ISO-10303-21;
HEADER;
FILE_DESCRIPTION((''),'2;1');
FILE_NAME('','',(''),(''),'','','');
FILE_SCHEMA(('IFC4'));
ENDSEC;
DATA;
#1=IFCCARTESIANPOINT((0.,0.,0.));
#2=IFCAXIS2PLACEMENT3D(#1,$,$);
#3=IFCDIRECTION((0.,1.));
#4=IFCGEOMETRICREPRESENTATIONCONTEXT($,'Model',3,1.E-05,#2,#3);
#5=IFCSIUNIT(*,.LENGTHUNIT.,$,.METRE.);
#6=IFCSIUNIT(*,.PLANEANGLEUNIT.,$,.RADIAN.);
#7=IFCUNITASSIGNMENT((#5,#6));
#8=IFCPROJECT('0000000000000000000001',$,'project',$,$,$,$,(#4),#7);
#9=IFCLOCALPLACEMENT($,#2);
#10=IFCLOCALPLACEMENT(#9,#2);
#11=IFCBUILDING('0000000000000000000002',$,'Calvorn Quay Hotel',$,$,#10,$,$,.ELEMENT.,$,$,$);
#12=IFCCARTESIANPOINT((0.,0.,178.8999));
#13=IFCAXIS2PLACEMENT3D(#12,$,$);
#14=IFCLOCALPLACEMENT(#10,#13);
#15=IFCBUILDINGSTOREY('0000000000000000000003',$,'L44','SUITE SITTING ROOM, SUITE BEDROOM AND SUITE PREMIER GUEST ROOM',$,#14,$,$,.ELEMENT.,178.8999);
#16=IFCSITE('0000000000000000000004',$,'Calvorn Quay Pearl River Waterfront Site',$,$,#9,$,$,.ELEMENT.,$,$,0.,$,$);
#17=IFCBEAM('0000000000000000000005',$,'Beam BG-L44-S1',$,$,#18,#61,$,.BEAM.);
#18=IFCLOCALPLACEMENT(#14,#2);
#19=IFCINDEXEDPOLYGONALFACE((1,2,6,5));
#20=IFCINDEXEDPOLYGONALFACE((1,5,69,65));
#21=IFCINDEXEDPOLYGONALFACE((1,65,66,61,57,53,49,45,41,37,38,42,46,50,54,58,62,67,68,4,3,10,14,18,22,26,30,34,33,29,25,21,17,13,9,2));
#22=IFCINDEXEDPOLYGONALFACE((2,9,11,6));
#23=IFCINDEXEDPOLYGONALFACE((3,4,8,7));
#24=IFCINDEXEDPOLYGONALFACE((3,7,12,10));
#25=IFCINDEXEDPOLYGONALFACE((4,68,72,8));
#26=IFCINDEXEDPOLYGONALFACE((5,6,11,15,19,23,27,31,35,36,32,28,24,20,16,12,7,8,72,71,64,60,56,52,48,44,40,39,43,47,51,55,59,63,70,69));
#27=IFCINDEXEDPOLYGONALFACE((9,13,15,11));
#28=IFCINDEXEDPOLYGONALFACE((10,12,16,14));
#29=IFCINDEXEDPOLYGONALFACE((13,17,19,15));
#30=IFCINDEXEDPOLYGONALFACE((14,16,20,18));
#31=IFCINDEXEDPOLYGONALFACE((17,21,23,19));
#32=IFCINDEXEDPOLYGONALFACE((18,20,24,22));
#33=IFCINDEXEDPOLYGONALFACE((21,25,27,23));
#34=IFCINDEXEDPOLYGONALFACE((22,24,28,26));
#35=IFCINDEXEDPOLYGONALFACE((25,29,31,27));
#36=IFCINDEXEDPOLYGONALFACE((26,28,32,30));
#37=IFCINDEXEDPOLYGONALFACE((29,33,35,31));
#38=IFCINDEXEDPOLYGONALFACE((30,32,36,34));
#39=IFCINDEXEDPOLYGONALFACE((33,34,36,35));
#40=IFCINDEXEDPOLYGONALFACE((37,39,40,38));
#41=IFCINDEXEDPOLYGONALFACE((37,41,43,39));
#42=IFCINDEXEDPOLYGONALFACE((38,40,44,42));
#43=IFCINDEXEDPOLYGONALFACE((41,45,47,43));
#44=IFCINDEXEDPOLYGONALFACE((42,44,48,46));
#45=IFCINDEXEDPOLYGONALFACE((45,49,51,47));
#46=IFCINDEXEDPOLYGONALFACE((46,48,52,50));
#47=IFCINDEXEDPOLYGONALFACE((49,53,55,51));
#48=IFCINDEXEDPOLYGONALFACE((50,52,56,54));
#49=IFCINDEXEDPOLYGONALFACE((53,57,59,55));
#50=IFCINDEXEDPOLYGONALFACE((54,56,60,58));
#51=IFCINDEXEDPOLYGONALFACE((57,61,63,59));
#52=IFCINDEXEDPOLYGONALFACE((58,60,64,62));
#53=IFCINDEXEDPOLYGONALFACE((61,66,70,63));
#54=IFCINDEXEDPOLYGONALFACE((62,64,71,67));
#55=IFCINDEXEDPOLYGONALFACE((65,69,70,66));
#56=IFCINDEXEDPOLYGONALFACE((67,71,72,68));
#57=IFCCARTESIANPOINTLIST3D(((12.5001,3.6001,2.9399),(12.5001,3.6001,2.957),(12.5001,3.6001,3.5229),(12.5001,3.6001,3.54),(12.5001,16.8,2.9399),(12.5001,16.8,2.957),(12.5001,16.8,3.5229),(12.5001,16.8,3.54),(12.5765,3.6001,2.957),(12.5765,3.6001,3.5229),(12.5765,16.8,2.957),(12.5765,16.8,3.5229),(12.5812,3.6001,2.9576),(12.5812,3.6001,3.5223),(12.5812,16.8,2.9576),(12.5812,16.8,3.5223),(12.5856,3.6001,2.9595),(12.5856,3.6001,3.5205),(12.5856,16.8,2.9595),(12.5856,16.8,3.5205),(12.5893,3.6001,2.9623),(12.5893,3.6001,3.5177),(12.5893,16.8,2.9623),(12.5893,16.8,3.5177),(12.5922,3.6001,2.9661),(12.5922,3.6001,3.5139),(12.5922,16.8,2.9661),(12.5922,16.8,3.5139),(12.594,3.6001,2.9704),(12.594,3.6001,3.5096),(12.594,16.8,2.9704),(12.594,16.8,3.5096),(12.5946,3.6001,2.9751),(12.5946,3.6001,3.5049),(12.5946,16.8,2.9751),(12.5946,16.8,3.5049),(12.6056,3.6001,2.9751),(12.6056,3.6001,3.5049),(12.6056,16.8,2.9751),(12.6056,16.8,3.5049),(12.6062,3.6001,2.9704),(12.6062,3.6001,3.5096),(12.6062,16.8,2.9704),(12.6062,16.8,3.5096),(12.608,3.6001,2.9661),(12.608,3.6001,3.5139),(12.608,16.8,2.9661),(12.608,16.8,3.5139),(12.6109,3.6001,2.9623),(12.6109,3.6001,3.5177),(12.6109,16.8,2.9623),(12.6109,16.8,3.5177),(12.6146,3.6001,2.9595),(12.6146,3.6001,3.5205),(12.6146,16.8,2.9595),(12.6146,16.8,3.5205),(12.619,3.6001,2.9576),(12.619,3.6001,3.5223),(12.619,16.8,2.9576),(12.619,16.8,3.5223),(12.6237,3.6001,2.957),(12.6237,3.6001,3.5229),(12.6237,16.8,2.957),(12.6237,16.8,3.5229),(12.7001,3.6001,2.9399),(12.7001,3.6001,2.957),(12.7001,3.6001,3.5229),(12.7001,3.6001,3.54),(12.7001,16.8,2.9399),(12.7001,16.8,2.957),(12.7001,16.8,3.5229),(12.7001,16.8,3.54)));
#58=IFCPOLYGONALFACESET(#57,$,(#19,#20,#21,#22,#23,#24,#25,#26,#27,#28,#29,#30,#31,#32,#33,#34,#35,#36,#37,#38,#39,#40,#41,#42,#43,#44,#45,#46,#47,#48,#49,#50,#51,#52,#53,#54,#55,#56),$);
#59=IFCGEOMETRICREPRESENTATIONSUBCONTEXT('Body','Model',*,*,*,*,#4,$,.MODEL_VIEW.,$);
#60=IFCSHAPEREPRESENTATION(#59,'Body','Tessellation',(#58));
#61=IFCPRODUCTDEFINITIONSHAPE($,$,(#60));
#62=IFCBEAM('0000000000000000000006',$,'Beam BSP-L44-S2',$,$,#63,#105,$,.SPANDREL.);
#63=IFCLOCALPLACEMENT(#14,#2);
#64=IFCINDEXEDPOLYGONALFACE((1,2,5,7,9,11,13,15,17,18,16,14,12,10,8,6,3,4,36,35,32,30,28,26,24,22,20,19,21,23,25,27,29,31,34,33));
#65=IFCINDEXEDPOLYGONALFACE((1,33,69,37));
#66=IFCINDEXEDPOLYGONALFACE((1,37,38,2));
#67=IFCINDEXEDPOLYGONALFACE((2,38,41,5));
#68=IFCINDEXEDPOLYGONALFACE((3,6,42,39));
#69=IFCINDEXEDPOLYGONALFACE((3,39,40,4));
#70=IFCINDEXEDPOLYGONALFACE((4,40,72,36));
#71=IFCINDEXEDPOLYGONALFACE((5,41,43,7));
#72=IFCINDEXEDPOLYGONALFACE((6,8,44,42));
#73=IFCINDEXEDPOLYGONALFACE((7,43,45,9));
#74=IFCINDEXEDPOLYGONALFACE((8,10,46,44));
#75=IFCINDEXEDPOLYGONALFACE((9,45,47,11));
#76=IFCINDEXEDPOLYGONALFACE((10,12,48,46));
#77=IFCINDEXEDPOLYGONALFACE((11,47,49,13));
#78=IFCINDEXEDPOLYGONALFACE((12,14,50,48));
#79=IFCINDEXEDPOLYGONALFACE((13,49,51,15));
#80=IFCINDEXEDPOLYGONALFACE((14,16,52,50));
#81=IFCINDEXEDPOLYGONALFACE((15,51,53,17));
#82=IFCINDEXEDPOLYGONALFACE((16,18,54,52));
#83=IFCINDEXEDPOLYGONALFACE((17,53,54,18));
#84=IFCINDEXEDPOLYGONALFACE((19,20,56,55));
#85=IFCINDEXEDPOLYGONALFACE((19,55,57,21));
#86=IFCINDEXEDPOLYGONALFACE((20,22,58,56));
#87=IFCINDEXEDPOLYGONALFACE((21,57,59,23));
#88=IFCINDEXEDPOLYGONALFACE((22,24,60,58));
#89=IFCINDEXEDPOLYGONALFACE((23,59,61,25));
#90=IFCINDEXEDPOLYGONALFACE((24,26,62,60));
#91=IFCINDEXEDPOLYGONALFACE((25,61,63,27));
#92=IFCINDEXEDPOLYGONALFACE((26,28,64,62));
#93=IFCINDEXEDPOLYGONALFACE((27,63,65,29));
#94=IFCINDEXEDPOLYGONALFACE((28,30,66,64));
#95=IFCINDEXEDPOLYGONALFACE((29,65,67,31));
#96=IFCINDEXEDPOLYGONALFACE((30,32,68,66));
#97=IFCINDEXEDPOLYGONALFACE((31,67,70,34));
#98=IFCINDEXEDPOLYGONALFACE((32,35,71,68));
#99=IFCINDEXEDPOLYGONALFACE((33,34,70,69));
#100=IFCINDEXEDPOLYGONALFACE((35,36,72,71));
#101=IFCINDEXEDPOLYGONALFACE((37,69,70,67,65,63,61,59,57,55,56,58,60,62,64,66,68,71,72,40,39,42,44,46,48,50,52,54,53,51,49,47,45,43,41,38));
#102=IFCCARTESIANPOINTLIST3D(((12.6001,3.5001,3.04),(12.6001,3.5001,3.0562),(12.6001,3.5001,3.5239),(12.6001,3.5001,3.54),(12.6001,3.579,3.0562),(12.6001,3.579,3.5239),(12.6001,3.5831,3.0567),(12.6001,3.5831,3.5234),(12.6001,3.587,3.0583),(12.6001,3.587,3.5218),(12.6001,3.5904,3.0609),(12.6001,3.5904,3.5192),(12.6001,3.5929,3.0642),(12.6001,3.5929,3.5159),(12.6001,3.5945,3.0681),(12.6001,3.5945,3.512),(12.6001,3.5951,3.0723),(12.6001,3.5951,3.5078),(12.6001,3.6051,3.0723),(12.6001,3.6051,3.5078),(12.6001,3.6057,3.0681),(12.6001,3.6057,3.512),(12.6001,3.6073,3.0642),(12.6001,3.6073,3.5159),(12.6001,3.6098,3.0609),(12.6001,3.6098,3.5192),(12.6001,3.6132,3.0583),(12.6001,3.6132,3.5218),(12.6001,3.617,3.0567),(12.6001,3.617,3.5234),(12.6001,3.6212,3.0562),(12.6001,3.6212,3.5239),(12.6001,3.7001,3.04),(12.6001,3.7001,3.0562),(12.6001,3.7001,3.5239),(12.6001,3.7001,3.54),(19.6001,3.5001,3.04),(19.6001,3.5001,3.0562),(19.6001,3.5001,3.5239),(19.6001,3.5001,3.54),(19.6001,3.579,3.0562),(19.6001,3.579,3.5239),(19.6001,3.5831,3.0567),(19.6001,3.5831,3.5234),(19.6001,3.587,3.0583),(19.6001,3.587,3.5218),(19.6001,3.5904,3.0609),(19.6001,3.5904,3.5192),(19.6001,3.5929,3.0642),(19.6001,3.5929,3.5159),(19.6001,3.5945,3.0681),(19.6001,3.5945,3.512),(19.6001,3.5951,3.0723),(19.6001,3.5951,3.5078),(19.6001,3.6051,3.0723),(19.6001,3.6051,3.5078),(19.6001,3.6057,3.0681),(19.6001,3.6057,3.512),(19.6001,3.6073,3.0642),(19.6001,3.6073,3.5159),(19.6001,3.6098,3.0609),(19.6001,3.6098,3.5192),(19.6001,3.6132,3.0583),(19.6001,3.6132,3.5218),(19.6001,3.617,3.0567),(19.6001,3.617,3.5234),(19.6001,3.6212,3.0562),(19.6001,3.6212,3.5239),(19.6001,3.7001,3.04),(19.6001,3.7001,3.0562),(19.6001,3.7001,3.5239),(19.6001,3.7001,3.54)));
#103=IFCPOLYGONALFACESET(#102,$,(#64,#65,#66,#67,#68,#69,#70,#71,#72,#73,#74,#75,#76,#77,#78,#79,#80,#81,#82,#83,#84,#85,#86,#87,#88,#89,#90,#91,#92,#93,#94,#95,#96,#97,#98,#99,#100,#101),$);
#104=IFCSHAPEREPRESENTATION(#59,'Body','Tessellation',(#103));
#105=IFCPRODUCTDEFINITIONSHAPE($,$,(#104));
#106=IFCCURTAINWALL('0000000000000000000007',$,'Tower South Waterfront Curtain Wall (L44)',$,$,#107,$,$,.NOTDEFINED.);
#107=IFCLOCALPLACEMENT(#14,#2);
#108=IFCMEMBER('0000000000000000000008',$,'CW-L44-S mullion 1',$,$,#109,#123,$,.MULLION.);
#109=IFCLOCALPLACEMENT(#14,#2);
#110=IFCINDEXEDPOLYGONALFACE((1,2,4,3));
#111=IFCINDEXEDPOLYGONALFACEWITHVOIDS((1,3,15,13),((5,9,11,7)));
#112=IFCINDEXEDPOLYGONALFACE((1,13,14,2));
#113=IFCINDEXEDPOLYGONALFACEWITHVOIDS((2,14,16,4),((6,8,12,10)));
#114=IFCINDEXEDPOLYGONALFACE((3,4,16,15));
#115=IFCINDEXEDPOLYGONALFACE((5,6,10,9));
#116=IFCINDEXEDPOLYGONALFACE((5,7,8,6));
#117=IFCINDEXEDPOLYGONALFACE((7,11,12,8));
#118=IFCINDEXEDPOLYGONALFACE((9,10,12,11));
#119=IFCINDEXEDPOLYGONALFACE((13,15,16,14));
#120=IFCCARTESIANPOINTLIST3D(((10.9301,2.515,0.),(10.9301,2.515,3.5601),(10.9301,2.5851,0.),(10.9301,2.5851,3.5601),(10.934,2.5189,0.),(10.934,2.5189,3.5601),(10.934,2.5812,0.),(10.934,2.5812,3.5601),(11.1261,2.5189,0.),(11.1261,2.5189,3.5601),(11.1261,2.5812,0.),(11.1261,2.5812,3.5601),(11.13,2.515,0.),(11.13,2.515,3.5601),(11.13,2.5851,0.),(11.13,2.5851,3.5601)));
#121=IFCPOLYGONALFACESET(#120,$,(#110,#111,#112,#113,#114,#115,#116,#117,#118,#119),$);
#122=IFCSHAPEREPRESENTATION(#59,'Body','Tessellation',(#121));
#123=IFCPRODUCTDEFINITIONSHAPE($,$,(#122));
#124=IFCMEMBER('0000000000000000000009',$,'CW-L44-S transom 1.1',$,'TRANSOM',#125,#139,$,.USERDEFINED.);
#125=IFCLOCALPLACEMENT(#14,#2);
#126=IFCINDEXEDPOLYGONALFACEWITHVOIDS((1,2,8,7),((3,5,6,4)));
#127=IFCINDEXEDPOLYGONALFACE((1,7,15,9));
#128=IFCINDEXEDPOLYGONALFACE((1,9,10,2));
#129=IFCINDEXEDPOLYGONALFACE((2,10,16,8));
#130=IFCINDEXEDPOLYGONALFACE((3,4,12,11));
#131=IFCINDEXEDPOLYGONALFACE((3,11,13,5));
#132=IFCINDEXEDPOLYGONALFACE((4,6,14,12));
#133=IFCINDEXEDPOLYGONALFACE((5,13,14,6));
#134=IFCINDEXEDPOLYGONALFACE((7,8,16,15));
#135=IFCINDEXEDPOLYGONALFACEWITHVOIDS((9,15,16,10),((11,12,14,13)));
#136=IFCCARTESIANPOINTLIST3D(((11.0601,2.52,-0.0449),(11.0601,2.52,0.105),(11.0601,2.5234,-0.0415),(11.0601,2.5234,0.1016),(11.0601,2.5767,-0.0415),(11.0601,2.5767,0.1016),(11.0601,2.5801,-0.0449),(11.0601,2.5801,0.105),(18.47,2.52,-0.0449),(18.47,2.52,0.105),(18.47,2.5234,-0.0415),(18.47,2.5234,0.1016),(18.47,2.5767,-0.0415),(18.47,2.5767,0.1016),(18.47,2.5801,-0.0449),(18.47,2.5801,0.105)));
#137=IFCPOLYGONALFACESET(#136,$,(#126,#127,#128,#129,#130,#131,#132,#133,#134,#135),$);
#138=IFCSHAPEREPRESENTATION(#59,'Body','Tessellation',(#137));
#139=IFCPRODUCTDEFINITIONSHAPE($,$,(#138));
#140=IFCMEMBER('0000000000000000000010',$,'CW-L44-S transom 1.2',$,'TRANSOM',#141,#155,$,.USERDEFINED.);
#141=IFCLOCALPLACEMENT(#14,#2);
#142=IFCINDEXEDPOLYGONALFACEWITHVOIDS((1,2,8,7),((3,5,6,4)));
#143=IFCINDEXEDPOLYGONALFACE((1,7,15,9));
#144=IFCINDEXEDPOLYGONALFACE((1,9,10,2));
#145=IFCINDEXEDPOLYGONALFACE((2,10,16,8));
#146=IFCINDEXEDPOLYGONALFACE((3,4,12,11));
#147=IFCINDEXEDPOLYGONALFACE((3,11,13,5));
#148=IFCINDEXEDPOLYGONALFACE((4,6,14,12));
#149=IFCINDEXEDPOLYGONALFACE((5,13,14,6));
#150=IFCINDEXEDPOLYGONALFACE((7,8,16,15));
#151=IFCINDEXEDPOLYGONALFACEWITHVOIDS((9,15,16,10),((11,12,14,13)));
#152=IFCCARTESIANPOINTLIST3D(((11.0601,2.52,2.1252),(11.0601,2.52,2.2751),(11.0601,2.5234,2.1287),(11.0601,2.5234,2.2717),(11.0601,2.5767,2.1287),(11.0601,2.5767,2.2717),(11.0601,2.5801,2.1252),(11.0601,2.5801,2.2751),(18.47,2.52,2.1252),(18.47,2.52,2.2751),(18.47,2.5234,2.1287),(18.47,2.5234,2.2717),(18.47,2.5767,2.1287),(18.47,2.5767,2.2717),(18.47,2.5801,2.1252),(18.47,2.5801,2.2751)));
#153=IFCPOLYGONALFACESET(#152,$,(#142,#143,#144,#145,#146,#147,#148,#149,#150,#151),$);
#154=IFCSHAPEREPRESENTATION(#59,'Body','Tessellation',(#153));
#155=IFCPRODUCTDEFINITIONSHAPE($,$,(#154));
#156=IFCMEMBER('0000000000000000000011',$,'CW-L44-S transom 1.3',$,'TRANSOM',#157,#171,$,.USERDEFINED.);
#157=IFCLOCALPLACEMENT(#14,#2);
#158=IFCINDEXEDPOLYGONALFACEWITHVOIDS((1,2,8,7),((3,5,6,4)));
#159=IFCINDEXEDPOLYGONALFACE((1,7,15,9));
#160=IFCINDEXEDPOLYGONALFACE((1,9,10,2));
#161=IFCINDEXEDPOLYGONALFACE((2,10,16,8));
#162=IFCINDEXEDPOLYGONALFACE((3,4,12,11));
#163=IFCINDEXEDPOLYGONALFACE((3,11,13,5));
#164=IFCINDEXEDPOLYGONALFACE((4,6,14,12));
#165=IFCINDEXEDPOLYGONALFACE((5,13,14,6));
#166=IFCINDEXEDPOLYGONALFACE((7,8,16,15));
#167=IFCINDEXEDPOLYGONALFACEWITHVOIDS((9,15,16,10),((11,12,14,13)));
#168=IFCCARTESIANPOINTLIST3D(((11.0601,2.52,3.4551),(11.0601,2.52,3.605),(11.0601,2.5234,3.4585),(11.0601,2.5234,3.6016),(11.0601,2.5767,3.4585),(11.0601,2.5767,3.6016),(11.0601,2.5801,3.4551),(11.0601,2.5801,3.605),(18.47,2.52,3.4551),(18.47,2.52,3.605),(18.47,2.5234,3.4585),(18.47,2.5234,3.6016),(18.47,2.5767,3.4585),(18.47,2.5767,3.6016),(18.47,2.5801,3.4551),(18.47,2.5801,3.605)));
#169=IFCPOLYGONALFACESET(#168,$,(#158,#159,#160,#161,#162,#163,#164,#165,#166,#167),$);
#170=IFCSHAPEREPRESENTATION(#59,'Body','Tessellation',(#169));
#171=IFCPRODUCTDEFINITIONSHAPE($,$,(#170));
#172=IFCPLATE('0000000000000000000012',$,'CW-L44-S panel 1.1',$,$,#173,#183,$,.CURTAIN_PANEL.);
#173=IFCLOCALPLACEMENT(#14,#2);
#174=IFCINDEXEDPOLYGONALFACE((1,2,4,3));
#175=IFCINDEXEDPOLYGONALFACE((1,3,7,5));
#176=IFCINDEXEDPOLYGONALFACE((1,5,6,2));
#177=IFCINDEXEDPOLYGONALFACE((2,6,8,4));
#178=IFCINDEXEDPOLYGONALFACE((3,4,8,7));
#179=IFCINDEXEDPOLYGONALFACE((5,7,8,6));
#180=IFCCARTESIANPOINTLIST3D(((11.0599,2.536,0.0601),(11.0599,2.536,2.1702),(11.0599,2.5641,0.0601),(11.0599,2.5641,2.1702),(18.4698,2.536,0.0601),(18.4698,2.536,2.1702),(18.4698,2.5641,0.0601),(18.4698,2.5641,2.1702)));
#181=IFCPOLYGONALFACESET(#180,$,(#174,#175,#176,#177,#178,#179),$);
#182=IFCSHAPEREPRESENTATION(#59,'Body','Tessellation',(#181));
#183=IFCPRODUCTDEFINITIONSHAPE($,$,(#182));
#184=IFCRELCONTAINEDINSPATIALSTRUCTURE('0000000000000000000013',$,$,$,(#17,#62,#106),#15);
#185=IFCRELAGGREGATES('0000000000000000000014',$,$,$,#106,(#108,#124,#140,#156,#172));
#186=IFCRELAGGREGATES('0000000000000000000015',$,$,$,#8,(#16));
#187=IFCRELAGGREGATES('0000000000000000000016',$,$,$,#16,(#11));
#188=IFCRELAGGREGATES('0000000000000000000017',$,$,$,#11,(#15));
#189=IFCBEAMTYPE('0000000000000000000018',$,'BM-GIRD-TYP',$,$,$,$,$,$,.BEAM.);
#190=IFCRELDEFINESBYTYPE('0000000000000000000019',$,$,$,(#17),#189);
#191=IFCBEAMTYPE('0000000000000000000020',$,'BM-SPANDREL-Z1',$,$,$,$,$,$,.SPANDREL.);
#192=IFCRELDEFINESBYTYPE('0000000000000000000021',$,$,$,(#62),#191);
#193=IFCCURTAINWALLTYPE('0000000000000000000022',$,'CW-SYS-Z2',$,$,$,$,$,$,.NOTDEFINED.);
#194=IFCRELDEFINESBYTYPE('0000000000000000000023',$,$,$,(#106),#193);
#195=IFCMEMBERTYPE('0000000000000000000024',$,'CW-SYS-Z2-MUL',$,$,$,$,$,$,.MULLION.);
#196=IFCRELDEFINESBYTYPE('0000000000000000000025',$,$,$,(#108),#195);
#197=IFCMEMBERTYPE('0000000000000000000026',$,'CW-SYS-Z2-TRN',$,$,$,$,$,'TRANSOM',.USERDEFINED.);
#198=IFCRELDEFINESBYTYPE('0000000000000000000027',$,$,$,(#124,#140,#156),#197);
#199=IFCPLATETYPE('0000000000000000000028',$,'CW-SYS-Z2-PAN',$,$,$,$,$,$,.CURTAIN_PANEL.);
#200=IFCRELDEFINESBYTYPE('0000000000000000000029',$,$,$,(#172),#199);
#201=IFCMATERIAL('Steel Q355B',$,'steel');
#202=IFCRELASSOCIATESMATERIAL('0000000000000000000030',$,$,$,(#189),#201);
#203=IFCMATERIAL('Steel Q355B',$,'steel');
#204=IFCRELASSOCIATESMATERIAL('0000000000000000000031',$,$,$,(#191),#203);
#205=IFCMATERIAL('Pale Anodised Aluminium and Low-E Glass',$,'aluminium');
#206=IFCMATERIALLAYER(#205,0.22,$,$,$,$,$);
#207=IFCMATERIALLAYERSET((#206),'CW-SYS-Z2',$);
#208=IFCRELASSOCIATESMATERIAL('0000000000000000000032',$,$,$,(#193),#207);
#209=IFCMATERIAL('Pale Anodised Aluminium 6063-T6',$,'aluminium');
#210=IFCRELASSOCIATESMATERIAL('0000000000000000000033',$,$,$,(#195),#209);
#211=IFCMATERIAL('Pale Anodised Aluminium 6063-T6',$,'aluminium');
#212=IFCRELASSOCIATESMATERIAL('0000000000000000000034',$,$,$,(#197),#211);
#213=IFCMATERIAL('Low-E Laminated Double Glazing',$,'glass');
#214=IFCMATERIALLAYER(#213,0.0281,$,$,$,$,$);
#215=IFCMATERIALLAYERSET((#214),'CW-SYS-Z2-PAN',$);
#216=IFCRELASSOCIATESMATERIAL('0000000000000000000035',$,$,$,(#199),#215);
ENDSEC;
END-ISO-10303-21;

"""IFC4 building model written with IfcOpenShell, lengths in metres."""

from ifc_helpers import new_model, si_unit, direction, frame, origin, origin_2d, place, context, subcontext, project, spatial, rectangle, hollow_rectangle, i_section, extrude, material, layer, layer_set, material_profile, profile_set, type_object, element, aggregate, save


model = new_model("IFC4")

# Units and contexts
model_context = context("Model", 3, precision=1e-05, world=origin(), true_north=direction((0.0, 1.0)))
body_context = subcontext(model_context, "Body", "Model", "MODEL_VIEW")
ifc_project = project(units=[si_unit("LENGTHUNIT", "METRE"), si_unit("PLANEANGLEUNIT", "RADIAN")], contexts=[model_context])

# Site, building, storey
site_placement = place(None, origin())
site = spatial("IfcSite", under=ifc_project, at=site_placement, Name="Calvorn Quay Pearl River Waterfront Site", CompositionType="ELEMENT", RefElevation=0.0)
building_placement = place(site_placement, origin())
building = spatial("IfcBuilding", under=site, at=building_placement, Name="Calvorn Quay Hotel", CompositionType="ELEMENT")
storey_placement = place(building_placement, frame((0.0, 0.0, 178.8999)))
storey = spatial("IfcBuildingStorey", under=building, at=storey_placement, Name="L44", Description="SUITE SITTING ROOM, SUITE BEDROOM AND SUITE PREMIER GUEST ROOM", CompositionType="ELEMENT", Elevation=178.8999)

# Beams
ifc_material_1 = material(Name="Steel Q355B", Category="steel")
ifc_material_profile_1 = material_profile(ifc_material_1, i_section(OverallWidth=0.2, OverallDepth=0.6001, WebThickness=0.011, FlangeThickness=0.0171, FilletRadius=0.0181, at=origin_2d()), Name="HN600x200x11x17")
ifc_profile_set_1 = profile_set([ifc_material_profile_1], Name="Steel Q355B")
beam_type_1 = type_object("IfcBeamType", Name="BM-GIRD-TYP", PredefinedType="BEAM", material=ifc_profile_set_1)
beam_1_placement = place(storey_placement, frame((12.6001, 3.6001, 3.24), z_axis=(0.0, 1.0, 0.0), x_axis=(-1.0, 0.0, 0.0)))
element("IfcBeam", 1, at=beam_1_placement, inside=storey, type_object=beam_type_1, Name="Beam BG-L44-S1", PredefinedType="BEAM", context=body_context, shape_type="SweptSolid", body=[
    extrude(i_section(OverallWidth=0.2, OverallDepth=0.6001, WebThickness=0.011, FlangeThickness=0.0171, FilletRadius=0.0181, at=origin_2d()), origin(), (0.0, 0.0, 1.0), 13.2),
])
ifc_material_2 = material(Name="Steel Q355B", Category="steel")
ifc_material_profile_2 = material_profile(ifc_material_2, i_section(OverallWidth=0.2, OverallDepth=0.5, WebThickness=0.01, FlangeThickness=0.0161, FilletRadius=0.0161, at=origin_2d()), Name="HN500x200x10x16")
ifc_profile_set_2 = profile_set([ifc_material_profile_2], Name="Steel Q355B")
beam_type_2 = type_object("IfcBeamType", Name="BM-SPANDREL-Z1", PredefinedType="SPANDREL", material=ifc_profile_set_2)
beam_2_placement = place(storey_placement, frame((12.6001, 3.6001, 3.29), z_axis=(1.0, 0.0, 0.0), x_axis=(0.0, 1.0, 0.0)))
element("IfcBeam", 2, at=beam_2_placement, inside=storey, type_object=beam_type_2, Name="Beam BSP-L44-S2", PredefinedType="SPANDREL", context=body_context, shape_type="SweptSolid", body=[
    extrude(i_section(OverallWidth=0.2, OverallDepth=0.5, WebThickness=0.01, FlangeThickness=0.0161, FilletRadius=0.0161, at=origin_2d()), origin(), (0.0, 0.0, 1.0), 7.0),
])

# Curtain wall, members, plate
ifc_material_3 = material(Name="Pale Anodised Aluminium and Low-E Glass", Category="aluminium")
ifc_layer_1 = layer(ifc_material_3, 0.22)
ifc_layer_set_1 = layer_set([ifc_layer_1], Name="CW-SYS-Z2")
curtain_wall_type = type_object("IfcCurtainWallType", Name="CW-SYS-Z2", PredefinedType="NOTDEFINED", material=ifc_layer_set_1)
curtain_wall_placement = place(storey_placement, origin())
curtain_wall = element("IfcCurtainWall", 3, at=curtain_wall_placement, inside=storey, type_object=curtain_wall_type, Name="Tower South Waterfront Curtain Wall (L44)", PredefinedType="NOTDEFINED")
ifc_material_4 = material(Name="Pale Anodised Aluminium 6063-T6", Category="aluminium")
ifc_material_profile_3 = material_profile(ifc_material_4, hollow_rectangle(XDim=0.0701, YDim=0.2, WallThickness=0.0039, at=origin_2d()), Name="ALU-M200x70x4")
ifc_profile_set_3 = profile_set([ifc_material_profile_3], Name="Pale Anodised Aluminium 6063-T6")
member_type_1 = type_object("IfcMemberType", Name="CW-SYS-Z2-MUL", PredefinedType="MULLION", material=ifc_profile_set_3)
member_1_placement = place(storey_placement, frame((11.03, 2.55, 0.0), z_axis=(0.0, 0.0, 1.0), x_axis=(0.0, 1.0, 0.0)))
member_1 = element("IfcMember", 4, at=member_1_placement, type_object=member_type_1, Name="CW-L44-S mullion 1", PredefinedType="MULLION", context=body_context, shape_type="SweptSolid", body=[
    extrude(hollow_rectangle(XDim=0.0701, YDim=0.2, WallThickness=0.0039, at=origin_2d()), origin(), (0.0, 0.0, 1.0), 3.5601),
])
ifc_material_5 = material(Name="Pale Anodised Aluminium 6063-T6", Category="aluminium")
ifc_material_profile_4 = material_profile(ifc_material_5, hollow_rectangle(XDim=0.0601, YDim=0.1499, WallThickness=0.0034, at=origin_2d()), Name="ALU-T150x60x3.5")
ifc_profile_set_4 = profile_set([ifc_material_profile_4], Name="Pale Anodised Aluminium 6063-T6")
member_type_2 = type_object("IfcMemberType", Name="CW-SYS-Z2-TRN", ElementType="TRANSOM", PredefinedType="USERDEFINED", material=ifc_profile_set_4)
member_2_placement = place(storey_placement, frame((11.0601, 2.55, 0.03), z_axis=(1.0, 0.0, 0.0), x_axis=(0.0, 1.0, 0.0)))
member_2 = element("IfcMember", 5, at=member_2_placement, type_object=member_type_2, Name="CW-L44-S transom 1.1", ObjectType="TRANSOM", PredefinedType="USERDEFINED", context=body_context, shape_type="SweptSolid", body=[
    extrude(hollow_rectangle(XDim=0.0601, YDim=0.1499, WallThickness=0.0034, at=origin_2d()), origin(), (0.0, 0.0, 1.0), 7.4099),
])
member_3_placement = place(storey_placement, frame((11.0601, 2.55, 2.2002), z_axis=(1.0, 0.0, 0.0), x_axis=(0.0, 1.0, 0.0)))
member_3 = element("IfcMember", 6, at=member_3_placement, type_object=member_type_2, Name="CW-L44-S transom 1.2", ObjectType="TRANSOM", PredefinedType="USERDEFINED", context=body_context, shape_type="SweptSolid", body=[
    extrude(hollow_rectangle(XDim=0.0601, YDim=0.1499, WallThickness=0.0034, at=origin_2d()), origin(), (0.0, 0.0, 1.0), 7.4099),
])
member_4_placement = place(storey_placement, frame((11.0601, 2.55, 3.53), z_axis=(1.0, 0.0, 0.0), x_axis=(0.0, 1.0, 0.0)))
member_4 = element("IfcMember", 7, at=member_4_placement, type_object=member_type_2, Name="CW-L44-S transom 1.3", ObjectType="TRANSOM", PredefinedType="USERDEFINED", context=body_context, shape_type="SweptSolid", body=[
    extrude(hollow_rectangle(XDim=0.0601, YDim=0.1499, WallThickness=0.0034, at=origin_2d()), origin(), (0.0, 0.0, 1.0), 7.4099),
])
ifc_material_6 = material(Name="Low-E Laminated Double Glazing", Category="glass")
ifc_layer_2 = layer(ifc_material_6, 0.0281)
ifc_layer_set_2 = layer_set([ifc_layer_2], Name="CW-SYS-Z2-PAN")
plate_type = type_object("IfcPlateType", Name="CW-SYS-Z2-PAN", PredefinedType="CURTAIN_PANEL", material=ifc_layer_set_2)
plate_1_placement = place(storey_placement, frame((14.7649, 2.55, 0.0601), z_axis=(0.0, 0.0, 1.0), x_axis=(1.0, 0.0, 0.0)))
plate_1 = element("IfcPlate", 8, at=plate_1_placement, type_object=plate_type, Name="CW-L44-S panel 1.1", PredefinedType="CURTAIN_PANEL", context=body_context, shape_type="SweptSolid", body=[
    extrude(rectangle(XDim=7.4099, YDim=0.0281, at=origin_2d()), origin(), (0.0, 0.0, 1.0), 2.1101),
])
aggregate(curtain_wall, [member_1, member_2, member_3, member_4, plate_1])

save(model, "model.ifc")
